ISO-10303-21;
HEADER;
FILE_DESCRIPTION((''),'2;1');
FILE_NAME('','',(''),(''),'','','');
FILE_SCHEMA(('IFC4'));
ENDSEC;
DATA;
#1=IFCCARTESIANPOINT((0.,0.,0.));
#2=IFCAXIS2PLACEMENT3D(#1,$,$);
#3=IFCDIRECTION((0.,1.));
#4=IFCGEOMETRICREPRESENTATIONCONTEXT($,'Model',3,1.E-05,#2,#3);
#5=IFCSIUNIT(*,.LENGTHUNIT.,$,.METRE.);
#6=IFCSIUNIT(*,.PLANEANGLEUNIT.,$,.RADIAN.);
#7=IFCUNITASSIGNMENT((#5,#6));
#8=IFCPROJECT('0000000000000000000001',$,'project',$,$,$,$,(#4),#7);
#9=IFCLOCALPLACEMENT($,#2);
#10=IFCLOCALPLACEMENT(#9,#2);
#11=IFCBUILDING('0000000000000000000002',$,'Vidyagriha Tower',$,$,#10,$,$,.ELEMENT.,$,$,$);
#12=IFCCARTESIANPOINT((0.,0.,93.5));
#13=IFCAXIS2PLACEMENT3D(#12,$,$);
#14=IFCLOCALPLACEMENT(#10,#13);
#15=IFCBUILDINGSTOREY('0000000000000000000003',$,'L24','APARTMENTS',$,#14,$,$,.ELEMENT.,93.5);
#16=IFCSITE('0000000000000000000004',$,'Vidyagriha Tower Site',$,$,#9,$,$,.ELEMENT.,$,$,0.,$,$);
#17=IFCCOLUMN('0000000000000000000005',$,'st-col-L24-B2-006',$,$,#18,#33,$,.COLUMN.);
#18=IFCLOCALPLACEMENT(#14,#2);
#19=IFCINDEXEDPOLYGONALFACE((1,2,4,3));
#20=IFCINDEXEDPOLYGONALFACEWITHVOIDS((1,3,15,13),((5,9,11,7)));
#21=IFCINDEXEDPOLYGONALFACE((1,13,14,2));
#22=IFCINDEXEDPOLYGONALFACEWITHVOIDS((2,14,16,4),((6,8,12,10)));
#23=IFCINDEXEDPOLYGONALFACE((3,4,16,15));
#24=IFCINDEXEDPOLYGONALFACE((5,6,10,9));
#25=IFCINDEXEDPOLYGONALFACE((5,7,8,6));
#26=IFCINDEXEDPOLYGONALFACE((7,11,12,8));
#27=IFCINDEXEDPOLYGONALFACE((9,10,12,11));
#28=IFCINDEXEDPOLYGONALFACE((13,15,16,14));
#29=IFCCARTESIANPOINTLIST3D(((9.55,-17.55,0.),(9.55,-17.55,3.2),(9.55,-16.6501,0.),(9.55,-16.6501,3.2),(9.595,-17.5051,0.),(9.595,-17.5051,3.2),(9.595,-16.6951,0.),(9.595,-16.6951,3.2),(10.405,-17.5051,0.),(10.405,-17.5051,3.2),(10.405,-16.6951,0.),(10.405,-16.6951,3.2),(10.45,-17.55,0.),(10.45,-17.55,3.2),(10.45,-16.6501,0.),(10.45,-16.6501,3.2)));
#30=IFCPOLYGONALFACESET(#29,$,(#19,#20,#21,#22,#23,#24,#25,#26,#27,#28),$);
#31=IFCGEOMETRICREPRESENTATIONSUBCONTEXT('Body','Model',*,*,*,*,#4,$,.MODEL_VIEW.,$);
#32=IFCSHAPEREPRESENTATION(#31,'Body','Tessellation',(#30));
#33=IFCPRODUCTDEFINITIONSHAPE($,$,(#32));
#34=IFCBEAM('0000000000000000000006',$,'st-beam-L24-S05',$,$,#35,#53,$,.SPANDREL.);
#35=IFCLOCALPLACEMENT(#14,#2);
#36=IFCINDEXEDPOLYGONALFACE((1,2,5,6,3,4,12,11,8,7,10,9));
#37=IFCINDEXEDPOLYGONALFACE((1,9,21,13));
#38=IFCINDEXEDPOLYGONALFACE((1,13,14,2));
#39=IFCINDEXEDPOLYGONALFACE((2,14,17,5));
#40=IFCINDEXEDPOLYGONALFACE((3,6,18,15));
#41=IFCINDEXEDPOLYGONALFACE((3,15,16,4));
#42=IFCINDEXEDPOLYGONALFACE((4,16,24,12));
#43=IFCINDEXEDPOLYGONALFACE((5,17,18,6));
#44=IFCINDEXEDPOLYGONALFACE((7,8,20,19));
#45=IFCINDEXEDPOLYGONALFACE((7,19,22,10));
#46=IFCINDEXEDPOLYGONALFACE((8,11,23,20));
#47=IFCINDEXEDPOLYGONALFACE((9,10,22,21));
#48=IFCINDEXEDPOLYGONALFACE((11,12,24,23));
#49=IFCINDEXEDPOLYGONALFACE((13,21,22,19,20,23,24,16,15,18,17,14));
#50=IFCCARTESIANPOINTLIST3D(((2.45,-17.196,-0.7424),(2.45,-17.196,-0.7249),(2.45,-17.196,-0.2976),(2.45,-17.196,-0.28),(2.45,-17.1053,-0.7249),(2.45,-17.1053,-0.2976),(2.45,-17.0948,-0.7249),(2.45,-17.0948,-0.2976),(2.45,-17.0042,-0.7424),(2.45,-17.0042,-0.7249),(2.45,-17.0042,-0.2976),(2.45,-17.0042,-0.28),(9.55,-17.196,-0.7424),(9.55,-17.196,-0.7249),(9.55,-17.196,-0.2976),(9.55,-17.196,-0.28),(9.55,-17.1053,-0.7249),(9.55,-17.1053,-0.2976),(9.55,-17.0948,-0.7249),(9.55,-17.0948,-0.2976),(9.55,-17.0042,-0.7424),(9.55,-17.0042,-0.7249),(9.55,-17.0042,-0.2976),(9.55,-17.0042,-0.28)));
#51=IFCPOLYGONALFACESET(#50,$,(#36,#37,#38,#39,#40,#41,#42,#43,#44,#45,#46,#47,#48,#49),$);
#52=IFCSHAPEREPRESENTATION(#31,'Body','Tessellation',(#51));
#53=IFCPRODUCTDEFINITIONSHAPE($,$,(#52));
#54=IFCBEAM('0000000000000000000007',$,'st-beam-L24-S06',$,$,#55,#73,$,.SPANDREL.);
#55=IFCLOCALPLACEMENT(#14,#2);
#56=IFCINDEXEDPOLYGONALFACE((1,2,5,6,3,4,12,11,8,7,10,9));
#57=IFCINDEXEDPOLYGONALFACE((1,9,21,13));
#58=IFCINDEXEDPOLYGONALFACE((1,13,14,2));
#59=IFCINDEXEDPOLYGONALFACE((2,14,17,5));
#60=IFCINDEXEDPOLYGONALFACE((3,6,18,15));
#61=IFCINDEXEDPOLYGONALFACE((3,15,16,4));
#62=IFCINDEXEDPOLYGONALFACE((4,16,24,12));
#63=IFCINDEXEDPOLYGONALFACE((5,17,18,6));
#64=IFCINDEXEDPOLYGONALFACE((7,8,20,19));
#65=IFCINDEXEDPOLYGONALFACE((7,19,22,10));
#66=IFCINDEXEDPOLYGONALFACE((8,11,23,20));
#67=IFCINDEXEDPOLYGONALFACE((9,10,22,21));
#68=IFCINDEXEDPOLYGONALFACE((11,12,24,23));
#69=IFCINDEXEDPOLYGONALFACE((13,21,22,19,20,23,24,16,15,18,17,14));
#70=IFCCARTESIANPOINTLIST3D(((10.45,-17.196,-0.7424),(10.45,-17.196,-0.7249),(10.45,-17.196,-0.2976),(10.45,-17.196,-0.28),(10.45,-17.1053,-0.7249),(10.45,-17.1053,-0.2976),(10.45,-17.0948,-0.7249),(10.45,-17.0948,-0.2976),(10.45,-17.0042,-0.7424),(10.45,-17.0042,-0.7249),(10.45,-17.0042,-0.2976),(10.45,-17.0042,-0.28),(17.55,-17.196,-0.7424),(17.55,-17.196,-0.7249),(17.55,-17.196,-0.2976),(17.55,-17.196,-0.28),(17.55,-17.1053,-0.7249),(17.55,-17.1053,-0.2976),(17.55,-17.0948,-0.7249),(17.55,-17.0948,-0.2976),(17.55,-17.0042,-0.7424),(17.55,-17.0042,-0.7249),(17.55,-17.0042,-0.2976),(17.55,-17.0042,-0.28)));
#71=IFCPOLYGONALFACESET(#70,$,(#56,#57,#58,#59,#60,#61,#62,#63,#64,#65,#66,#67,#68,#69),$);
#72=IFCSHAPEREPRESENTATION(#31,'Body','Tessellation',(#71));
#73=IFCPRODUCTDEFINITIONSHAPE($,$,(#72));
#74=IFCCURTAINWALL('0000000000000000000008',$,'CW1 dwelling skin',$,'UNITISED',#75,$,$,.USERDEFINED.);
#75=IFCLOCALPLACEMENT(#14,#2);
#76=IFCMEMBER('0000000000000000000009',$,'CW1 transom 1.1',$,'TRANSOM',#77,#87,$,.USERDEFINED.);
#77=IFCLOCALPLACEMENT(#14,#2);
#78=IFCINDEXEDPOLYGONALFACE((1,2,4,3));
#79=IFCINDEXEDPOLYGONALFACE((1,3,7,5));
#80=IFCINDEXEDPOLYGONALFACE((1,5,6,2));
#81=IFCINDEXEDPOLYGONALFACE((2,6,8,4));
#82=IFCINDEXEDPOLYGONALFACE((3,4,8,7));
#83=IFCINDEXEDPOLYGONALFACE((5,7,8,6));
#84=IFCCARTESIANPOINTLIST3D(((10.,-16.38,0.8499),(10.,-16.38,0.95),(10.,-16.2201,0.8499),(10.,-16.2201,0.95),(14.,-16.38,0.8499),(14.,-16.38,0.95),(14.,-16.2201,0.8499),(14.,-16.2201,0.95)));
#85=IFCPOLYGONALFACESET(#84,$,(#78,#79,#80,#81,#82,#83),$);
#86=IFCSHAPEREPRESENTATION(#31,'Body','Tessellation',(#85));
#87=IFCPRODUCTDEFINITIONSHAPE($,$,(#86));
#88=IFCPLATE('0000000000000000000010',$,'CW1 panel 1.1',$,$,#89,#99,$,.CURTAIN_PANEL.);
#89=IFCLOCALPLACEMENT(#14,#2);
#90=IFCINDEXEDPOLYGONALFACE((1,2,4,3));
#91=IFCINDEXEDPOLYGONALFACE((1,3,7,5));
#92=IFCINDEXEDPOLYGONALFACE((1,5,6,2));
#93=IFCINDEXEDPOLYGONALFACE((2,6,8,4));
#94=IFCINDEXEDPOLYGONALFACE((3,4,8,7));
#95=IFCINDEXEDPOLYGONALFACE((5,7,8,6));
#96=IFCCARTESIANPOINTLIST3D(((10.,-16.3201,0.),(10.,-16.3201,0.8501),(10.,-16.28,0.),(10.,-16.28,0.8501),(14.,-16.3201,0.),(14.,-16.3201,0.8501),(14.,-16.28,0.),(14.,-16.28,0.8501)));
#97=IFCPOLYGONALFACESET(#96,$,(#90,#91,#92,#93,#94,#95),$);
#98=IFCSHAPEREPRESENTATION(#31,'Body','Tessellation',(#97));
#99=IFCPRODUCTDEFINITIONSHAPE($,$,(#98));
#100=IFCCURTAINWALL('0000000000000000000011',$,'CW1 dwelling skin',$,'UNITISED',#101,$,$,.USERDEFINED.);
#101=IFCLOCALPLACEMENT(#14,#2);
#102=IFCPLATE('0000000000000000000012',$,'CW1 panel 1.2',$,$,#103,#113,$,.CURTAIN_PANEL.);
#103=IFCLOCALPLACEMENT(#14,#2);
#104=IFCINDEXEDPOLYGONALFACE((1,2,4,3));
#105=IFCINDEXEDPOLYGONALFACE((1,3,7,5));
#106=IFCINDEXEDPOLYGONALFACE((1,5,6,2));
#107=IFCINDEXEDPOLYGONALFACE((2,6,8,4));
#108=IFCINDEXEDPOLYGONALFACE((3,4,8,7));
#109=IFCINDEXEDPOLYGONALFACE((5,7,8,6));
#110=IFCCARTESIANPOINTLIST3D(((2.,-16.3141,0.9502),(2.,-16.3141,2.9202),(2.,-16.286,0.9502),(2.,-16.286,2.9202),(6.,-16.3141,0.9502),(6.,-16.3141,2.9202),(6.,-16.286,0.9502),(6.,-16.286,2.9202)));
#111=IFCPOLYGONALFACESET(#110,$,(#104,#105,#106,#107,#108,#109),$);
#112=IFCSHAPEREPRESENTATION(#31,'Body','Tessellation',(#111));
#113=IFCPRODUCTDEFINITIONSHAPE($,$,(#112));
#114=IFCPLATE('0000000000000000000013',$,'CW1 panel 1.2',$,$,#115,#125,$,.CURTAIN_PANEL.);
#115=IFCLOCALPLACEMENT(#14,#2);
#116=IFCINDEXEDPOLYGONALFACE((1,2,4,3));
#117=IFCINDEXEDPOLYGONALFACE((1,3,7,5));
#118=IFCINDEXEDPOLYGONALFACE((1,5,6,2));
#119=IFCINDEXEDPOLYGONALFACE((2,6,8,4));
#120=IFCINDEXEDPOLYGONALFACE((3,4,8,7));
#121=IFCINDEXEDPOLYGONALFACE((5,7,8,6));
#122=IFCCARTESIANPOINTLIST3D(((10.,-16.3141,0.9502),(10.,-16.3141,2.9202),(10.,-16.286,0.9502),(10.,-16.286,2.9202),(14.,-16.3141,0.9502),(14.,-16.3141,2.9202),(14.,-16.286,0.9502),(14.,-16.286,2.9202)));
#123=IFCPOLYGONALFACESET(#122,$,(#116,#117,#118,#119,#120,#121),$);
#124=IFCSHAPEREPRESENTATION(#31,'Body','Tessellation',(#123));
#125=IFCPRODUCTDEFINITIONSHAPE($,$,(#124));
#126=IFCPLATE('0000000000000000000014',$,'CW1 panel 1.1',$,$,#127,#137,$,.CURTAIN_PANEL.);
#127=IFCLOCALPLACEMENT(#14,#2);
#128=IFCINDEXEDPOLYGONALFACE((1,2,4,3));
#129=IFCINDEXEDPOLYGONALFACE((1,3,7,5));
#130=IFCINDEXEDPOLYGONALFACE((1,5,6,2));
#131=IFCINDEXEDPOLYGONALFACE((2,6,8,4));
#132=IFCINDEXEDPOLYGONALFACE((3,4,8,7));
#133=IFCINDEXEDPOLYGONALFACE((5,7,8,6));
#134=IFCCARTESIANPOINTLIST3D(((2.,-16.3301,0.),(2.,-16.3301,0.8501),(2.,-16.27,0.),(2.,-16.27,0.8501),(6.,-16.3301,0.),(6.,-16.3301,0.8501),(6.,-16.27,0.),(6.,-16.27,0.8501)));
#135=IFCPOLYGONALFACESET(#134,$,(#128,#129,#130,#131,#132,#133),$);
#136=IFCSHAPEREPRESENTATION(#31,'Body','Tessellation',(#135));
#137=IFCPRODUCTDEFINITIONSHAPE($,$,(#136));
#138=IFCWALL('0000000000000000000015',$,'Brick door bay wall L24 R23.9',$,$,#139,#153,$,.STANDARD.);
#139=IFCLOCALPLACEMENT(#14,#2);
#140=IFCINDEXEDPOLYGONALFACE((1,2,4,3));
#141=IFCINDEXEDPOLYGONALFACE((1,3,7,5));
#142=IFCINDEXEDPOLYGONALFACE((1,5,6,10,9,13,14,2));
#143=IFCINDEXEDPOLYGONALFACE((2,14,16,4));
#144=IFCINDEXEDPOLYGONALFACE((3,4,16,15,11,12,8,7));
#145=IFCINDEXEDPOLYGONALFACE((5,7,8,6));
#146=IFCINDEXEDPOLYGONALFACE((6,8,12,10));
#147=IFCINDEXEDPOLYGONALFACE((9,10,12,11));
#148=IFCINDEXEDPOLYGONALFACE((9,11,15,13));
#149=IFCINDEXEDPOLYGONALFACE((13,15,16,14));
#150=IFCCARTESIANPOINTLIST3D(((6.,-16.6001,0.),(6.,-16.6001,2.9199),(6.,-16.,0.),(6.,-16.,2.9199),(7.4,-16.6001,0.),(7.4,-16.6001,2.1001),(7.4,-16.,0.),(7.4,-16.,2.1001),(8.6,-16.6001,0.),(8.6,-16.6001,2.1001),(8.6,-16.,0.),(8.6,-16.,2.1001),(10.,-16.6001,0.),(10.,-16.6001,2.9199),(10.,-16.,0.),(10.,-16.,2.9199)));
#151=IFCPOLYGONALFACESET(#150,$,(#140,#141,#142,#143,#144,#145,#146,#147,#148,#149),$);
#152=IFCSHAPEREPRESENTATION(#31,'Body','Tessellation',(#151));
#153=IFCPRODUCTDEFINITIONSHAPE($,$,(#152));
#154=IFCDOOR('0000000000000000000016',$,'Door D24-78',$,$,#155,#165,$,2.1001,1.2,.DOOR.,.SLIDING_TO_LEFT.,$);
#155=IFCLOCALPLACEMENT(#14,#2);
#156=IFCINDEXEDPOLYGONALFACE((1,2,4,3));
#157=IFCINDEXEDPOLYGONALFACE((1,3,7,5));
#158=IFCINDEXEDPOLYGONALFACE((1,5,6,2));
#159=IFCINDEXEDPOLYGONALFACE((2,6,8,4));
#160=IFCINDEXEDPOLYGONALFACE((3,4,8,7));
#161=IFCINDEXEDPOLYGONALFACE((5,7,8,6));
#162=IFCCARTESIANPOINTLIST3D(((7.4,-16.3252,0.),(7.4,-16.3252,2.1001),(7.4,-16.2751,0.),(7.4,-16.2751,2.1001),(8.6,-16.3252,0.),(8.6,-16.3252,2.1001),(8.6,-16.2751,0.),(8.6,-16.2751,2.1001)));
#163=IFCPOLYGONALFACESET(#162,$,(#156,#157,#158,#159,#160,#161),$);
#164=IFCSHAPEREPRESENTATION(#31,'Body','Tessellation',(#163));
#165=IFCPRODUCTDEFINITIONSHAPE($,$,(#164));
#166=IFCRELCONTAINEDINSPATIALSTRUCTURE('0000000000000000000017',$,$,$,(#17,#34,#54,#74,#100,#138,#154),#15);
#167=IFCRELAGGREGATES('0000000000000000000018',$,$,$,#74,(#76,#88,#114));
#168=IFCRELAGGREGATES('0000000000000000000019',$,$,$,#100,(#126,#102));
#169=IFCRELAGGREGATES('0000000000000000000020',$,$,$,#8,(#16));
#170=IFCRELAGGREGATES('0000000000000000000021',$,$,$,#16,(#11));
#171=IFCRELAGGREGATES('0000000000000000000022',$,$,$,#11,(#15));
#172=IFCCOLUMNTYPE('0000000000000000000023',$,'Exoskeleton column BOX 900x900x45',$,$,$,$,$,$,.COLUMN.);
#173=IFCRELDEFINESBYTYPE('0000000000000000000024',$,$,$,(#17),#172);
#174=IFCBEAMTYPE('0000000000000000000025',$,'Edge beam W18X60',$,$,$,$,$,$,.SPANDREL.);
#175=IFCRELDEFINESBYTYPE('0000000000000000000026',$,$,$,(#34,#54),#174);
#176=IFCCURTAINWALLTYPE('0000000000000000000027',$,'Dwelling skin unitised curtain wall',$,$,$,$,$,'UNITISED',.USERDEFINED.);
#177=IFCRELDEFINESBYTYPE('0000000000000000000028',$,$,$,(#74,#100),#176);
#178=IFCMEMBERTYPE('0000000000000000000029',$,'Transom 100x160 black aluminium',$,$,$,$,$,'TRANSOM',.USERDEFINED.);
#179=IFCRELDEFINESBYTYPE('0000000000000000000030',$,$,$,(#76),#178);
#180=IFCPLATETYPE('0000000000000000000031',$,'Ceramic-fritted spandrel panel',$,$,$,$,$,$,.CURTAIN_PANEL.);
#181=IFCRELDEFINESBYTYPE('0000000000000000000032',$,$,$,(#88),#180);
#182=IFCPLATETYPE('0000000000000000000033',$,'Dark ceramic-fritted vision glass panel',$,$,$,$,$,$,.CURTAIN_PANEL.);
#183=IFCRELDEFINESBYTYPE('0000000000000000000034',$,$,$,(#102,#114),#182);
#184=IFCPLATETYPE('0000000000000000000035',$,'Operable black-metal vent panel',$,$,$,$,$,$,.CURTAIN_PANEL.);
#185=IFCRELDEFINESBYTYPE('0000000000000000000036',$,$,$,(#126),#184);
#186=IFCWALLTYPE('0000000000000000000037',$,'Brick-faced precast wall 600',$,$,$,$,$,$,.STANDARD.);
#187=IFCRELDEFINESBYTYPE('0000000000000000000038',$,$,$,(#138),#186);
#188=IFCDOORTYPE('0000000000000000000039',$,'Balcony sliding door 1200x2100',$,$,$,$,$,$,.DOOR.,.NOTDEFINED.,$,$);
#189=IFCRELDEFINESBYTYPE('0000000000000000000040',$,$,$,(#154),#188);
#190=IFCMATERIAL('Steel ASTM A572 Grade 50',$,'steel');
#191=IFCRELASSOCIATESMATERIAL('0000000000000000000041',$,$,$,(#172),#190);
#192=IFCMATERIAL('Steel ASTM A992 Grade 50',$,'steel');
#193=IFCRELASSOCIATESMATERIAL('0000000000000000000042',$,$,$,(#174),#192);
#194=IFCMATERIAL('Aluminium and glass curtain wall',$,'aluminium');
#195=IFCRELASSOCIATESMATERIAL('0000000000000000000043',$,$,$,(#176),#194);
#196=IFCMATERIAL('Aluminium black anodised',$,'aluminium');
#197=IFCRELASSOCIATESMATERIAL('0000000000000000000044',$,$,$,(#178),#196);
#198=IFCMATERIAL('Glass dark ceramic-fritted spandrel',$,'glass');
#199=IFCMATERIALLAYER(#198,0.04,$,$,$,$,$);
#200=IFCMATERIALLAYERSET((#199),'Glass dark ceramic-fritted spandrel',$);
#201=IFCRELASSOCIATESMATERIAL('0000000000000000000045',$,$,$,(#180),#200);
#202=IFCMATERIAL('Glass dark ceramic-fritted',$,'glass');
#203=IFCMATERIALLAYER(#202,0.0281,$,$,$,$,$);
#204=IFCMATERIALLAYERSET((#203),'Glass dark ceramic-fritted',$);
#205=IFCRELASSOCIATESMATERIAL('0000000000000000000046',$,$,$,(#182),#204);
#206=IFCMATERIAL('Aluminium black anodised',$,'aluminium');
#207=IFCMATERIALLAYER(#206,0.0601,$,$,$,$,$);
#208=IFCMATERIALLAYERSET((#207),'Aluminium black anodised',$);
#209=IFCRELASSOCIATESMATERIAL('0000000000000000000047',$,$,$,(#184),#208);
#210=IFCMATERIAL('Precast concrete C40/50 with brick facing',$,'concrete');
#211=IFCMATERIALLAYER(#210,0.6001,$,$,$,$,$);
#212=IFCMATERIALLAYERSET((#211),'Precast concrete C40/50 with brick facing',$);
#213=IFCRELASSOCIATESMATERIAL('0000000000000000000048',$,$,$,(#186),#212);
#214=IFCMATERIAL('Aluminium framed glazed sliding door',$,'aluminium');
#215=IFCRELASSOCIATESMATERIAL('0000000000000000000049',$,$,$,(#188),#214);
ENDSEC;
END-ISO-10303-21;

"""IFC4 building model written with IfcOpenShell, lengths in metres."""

from ifc_helpers import new_model, si_unit, direction, frame, frame_2d, origin, origin_2d, place, context, subcontext, project, spatial, rectangle, hollow_rectangle, i_section, extrude, material, layer, layer_set, material_profile, profile_set, type_object, element, fill, aggregate, save


model = new_model("IFC4")

# Units and contexts
model_context = context("Model", 3, precision=1e-05, world=origin(), true_north=direction((0.0, 1.0)))
body_context = subcontext(model_context, "Body", "Model", "MODEL_VIEW")
ifc_project = project(units=[si_unit("LENGTHUNIT", "METRE"), si_unit("PLANEANGLEUNIT", "RADIAN")], contexts=[model_context])

# Site, building, storey
site_placement = place(None, origin())
site = spatial("IfcSite", under=ifc_project, at=site_placement, Name="Vidyagriha Tower Site", CompositionType="ELEMENT", RefElevation=0.0)
building_placement = place(site_placement, origin())
building = spatial("IfcBuilding", under=site, at=building_placement, Name="Vidyagriha Tower", CompositionType="ELEMENT")
storey_placement = place(building_placement, frame((0.0, 0.0, 93.5)))
storey = spatial("IfcBuildingStorey", under=building, at=storey_placement, Name="L24", Description="APARTMENTS", CompositionType="ELEMENT", Elevation=93.5)

# Column
ifc_material_1 = material(Name="Steel ASTM A572 Grade 50", Category="steel")
ifc_material_profile_1 = material_profile(ifc_material_1, hollow_rectangle(XDim=0.8999, YDim=0.8999, WallThickness=0.0449, at=origin_2d()), Name="BOX 900x900x45")
ifc_profile_set_1 = profile_set([ifc_material_profile_1], Name="Steel ASTM A572 Grade 50")
column_type = type_object("IfcColumnType", Name="Exoskeleton column BOX 900x900x45", PredefinedType="COLUMN", material=ifc_profile_set_1)
column_placement = place(storey_placement, frame((10.0, -17.1001, 0.0)))
element("IfcColumn", 1, at=column_placement, inside=storey, type_object=column_type, Name="st-col-L24-B2-006", PredefinedType="COLUMN", context=body_context, shape_type="SweptSolid", body=[
    extrude(hollow_rectangle(XDim=0.8999, YDim=0.8999, WallThickness=0.0449, at=origin_2d()), origin(), (0.0, 0.0, 1.0), 3.2),
])

# Beams
ifc_material_2 = material(Name="Steel ASTM A992 Grade 50", Category="steel")
ifc_material_profile_2 = material_profile(ifc_material_2, i_section(OverallWidth=0.1919, OverallDepth=0.4624, WebThickness=0.0105, FlangeThickness=0.0176, at=origin_2d()), Name="W18X60")
ifc_profile_set_2 = profile_set([ifc_material_profile_2], Name="Steel ASTM A992 Grade 50")
beam_type = type_object("IfcBeamType", Name="Edge beam W18X60", PredefinedType="SPANDREL", material=ifc_profile_set_2)
for number, where, z_axis, x_axis, name in (
    (2, (2.45, -17.1001, -0.5112), (1.0, 0.0, 0.0), (0.0, 1.0, 0.0), "st-beam-L24-S05"),
    (3, (10.45, -17.1001, -0.5112), (1.0, 0.0, 0.0), (0.0, 1.0, 0.0), "st-beam-L24-S06"),
):
    element("IfcBeam", number, at=place(storey_placement, frame(where, z_axis=z_axis, x_axis=x_axis)), inside=storey, type_object=beam_type, Name=name, PredefinedType="SPANDREL", context=body_context, shape_type="SweptSolid", body=[
        extrude(i_section(OverallWidth=0.1919, OverallDepth=0.4624, WebThickness=0.0105, FlangeThickness=0.0176, at=origin_2d()), origin(), (0.0, 0.0, 1.0), 7.1001),
    ])

# Curtain wall, member, plate
ifc_material_3 = material(Name="Aluminium and glass curtain wall", Category="aluminium")
curtain_wall_type = type_object("IfcCurtainWallType", Name="Dwelling skin unitised curtain wall", ElementType="UNITISED", PredefinedType="USERDEFINED", material=ifc_material_3)
curtain_wall_1_placement = place(storey_placement, origin())
curtain_wall_1 = element("IfcCurtainWall", 4, at=curtain_wall_1_placement, inside=storey, type_object=curtain_wall_type, Name="CW1 dwelling skin", ObjectType="UNITISED", PredefinedType="USERDEFINED")
ifc_material_4 = material(Name="Aluminium black anodised", Category="aluminium")
ifc_material_profile_3 = material_profile(ifc_material_4, rectangle(XDim=0.1599, YDim=0.1001, at=origin_2d()), Name="Transom 100x160 black aluminium")
ifc_profile_set_3 = profile_set([ifc_material_profile_3], Name="Aluminium black anodised")
member_type = type_object("IfcMemberType", Name="Transom 100x160 black aluminium", ElementType="TRANSOM", PredefinedType="USERDEFINED", material=ifc_profile_set_3)
member_placement = place(storey_placement, frame((10.0, -16.3, 0.8999), z_axis=(1.0, 0.0, 0.0), x_axis=(0.0, 1.0, 0.0)))
member = element("IfcMember", 5, at=member_placement, type_object=member_type, Name="CW1 transom 1.1", ObjectType="TRANSOM", PredefinedType="USERDEFINED", context=body_context, shape_type="SweptSolid", body=[
    extrude(rectangle(XDim=0.1599, YDim=0.1001, at=origin_2d()), origin(), (0.0, 0.0, 1.0), 4.0),
])
ifc_material_5 = material(Name="Glass dark ceramic-fritted spandrel", Category="glass")
ifc_layer_1 = layer(ifc_material_5, 0.04)
ifc_layer_set_1 = layer_set([ifc_layer_1], Name="Glass dark ceramic-fritted spandrel")
plate_type_1 = type_object("IfcPlateType", Name="Ceramic-fritted spandrel panel", PredefinedType="CURTAIN_PANEL", material=ifc_layer_set_1)
plate_1_placement = place(storey_placement, frame((12.0, -16.3, 0.0)))
plate_1 = element("IfcPlate", 6, at=plate_1_placement, type_object=plate_type_1, Name="CW1 panel 1.1", PredefinedType="CURTAIN_PANEL", context=body_context, shape_type="SweptSolid", body=[
    extrude(rectangle(XDim=4.0, YDim=0.04, at=origin_2d()), origin(), (0.0, 0.0, 1.0), 0.8501),
])

# Curtain wall, plate
curtain_wall_2_placement = place(storey_placement, origin())
curtain_wall_2 = element("IfcCurtainWall", 7, at=curtain_wall_2_placement, inside=storey, type_object=curtain_wall_type, Name="CW1 dwelling skin", ObjectType="UNITISED", PredefinedType="USERDEFINED")
ifc_material_6 = material(Name="Glass dark ceramic-fritted", Category="glass")
ifc_layer_2 = layer(ifc_material_6, 0.0281)
ifc_layer_set_2 = layer_set([ifc_layer_2], Name="Glass dark ceramic-fritted")
plate_type_2 = type_object("IfcPlateType", Name="Dark ceramic-fritted vision glass panel", PredefinedType="CURTAIN_PANEL", material=ifc_layer_set_2)
plate_2_placement = place(storey_placement, frame((4.0, -16.3, 0.9502)))
plate_2 = element("IfcPlate", 8, at=plate_2_placement, type_object=plate_type_2, Name="CW1 panel 1.2", PredefinedType="CURTAIN_PANEL", context=body_context, shape_type="SweptSolid", body=[
    extrude(rectangle(XDim=4.0, YDim=0.0281, at=origin_2d()), origin(), (0.0, 0.0, 1.0), 1.97),
])

# Plates
plate_3_placement = place(storey_placement, frame((12.0, -16.3, 0.9502)))
plate_3 = element("IfcPlate", 9, at=plate_3_placement, type_object=plate_type_2, Name="CW1 panel 1.2", PredefinedType="CURTAIN_PANEL", context=body_context, shape_type="SweptSolid", body=[
    extrude(rectangle(XDim=4.0, YDim=0.0281, at=origin_2d()), origin(), (0.0, 0.0, 1.0), 1.97),
])
aggregate(curtain_wall_1, [member, plate_1, plate_3])
ifc_material_7 = material(Name="Aluminium black anodised", Category="aluminium")
ifc_layer_3 = layer(ifc_material_7, 0.0601)
ifc_layer_set_3 = layer_set([ifc_layer_3], Name="Aluminium black anodised")
plate_type_3 = type_object("IfcPlateType", Name="Operable black-metal vent panel", PredefinedType="CURTAIN_PANEL", material=ifc_layer_set_3)
plate_4_placement = place(storey_placement, frame((4.0, -16.3, 0.0)))
plate_4 = element("IfcPlate", 10, at=plate_4_placement, type_object=plate_type_3, Name="CW1 panel 1.1", PredefinedType="CURTAIN_PANEL", context=body_context, shape_type="SweptSolid", body=[
    extrude(rectangle(XDim=4.0, YDim=0.0601, at=origin_2d()), origin(), (0.0, 0.0, 1.0), 0.8501),
])
aggregate(curtain_wall_2, [plate_4, plate_2])

# Wall, opening, door
ifc_material_8 = material(Name="Precast concrete C40/50 with brick facing", Category="concrete")
ifc_layer_4 = layer(ifc_material_8, 0.6001)
ifc_layer_set_4 = layer_set([ifc_layer_4], Name="Precast concrete C40/50 with brick facing")
wall_type = type_object("IfcWallType", Name="Brick-faced precast wall 600", PredefinedType="STANDARD", material=ifc_layer_set_4)
wall_placement = place(storey_placement, frame((6.0, -16.3, 0.0)))
wall = element("IfcWall", 11, at=wall_placement, inside=storey, type_object=wall_type, Name="Brick door bay wall L24 R23.9", PredefinedType="STANDARD", context=body_context, shape_type="SweptSolid", body=[
    extrude(rectangle(XDim=4.0, YDim=0.6001, at=frame_2d((2.0, 0.0))), origin(), (0.0, 0.0, 1.0), 2.9199),
])
opening_placement = place(wall_placement, frame((1.3999, 0.0, 0.0)))
opening = element("IfcOpeningElement", 12, at=opening_placement, cuts=wall, PredefinedType="OPENING", context=body_context, shape_type="SweptSolid", body=[
    extrude(rectangle(XDim=1.2, YDim=2.1001, at=frame_2d((0.6001, 1.05))), frame((0.0, 0.3101, 0.0), z_axis=(0.0, -1.0, 0.0), x_axis=(1.0, 0.0, 0.0)), (0.0, 0.0, 1.0), 0.6201),
])
ifc_material_9 = material(Name="Aluminium framed glazed sliding door", Category="aluminium")
door_type = type_object("IfcDoorType", Name="Balcony sliding door 1200x2100", OperationType="NOTDEFINED", PredefinedType="DOOR", material=ifc_material_9)
door_placement = place(opening_placement, origin())
door = element("IfcDoor", 13, at=door_placement, inside=storey, type_object=door_type, Name="Door D24-78", OperationType="SLIDING_TO_LEFT", OverallHeight=2.1001, OverallWidth=1.2, PredefinedType="DOOR", context=body_context, shape_type="SweptSolid", body=[
    extrude(rectangle(XDim=1.2, YDim=2.1001, at=frame_2d((0.6001, 1.05))), frame((0.0, 0.0249, 0.0), z_axis=(0.0, -1.0, 0.0), x_axis=(1.0, 0.0, 0.0)), (0.0, 0.0, 1.0), 0.05),
])
fill(opening, door)

save(model, "model.ifc")
